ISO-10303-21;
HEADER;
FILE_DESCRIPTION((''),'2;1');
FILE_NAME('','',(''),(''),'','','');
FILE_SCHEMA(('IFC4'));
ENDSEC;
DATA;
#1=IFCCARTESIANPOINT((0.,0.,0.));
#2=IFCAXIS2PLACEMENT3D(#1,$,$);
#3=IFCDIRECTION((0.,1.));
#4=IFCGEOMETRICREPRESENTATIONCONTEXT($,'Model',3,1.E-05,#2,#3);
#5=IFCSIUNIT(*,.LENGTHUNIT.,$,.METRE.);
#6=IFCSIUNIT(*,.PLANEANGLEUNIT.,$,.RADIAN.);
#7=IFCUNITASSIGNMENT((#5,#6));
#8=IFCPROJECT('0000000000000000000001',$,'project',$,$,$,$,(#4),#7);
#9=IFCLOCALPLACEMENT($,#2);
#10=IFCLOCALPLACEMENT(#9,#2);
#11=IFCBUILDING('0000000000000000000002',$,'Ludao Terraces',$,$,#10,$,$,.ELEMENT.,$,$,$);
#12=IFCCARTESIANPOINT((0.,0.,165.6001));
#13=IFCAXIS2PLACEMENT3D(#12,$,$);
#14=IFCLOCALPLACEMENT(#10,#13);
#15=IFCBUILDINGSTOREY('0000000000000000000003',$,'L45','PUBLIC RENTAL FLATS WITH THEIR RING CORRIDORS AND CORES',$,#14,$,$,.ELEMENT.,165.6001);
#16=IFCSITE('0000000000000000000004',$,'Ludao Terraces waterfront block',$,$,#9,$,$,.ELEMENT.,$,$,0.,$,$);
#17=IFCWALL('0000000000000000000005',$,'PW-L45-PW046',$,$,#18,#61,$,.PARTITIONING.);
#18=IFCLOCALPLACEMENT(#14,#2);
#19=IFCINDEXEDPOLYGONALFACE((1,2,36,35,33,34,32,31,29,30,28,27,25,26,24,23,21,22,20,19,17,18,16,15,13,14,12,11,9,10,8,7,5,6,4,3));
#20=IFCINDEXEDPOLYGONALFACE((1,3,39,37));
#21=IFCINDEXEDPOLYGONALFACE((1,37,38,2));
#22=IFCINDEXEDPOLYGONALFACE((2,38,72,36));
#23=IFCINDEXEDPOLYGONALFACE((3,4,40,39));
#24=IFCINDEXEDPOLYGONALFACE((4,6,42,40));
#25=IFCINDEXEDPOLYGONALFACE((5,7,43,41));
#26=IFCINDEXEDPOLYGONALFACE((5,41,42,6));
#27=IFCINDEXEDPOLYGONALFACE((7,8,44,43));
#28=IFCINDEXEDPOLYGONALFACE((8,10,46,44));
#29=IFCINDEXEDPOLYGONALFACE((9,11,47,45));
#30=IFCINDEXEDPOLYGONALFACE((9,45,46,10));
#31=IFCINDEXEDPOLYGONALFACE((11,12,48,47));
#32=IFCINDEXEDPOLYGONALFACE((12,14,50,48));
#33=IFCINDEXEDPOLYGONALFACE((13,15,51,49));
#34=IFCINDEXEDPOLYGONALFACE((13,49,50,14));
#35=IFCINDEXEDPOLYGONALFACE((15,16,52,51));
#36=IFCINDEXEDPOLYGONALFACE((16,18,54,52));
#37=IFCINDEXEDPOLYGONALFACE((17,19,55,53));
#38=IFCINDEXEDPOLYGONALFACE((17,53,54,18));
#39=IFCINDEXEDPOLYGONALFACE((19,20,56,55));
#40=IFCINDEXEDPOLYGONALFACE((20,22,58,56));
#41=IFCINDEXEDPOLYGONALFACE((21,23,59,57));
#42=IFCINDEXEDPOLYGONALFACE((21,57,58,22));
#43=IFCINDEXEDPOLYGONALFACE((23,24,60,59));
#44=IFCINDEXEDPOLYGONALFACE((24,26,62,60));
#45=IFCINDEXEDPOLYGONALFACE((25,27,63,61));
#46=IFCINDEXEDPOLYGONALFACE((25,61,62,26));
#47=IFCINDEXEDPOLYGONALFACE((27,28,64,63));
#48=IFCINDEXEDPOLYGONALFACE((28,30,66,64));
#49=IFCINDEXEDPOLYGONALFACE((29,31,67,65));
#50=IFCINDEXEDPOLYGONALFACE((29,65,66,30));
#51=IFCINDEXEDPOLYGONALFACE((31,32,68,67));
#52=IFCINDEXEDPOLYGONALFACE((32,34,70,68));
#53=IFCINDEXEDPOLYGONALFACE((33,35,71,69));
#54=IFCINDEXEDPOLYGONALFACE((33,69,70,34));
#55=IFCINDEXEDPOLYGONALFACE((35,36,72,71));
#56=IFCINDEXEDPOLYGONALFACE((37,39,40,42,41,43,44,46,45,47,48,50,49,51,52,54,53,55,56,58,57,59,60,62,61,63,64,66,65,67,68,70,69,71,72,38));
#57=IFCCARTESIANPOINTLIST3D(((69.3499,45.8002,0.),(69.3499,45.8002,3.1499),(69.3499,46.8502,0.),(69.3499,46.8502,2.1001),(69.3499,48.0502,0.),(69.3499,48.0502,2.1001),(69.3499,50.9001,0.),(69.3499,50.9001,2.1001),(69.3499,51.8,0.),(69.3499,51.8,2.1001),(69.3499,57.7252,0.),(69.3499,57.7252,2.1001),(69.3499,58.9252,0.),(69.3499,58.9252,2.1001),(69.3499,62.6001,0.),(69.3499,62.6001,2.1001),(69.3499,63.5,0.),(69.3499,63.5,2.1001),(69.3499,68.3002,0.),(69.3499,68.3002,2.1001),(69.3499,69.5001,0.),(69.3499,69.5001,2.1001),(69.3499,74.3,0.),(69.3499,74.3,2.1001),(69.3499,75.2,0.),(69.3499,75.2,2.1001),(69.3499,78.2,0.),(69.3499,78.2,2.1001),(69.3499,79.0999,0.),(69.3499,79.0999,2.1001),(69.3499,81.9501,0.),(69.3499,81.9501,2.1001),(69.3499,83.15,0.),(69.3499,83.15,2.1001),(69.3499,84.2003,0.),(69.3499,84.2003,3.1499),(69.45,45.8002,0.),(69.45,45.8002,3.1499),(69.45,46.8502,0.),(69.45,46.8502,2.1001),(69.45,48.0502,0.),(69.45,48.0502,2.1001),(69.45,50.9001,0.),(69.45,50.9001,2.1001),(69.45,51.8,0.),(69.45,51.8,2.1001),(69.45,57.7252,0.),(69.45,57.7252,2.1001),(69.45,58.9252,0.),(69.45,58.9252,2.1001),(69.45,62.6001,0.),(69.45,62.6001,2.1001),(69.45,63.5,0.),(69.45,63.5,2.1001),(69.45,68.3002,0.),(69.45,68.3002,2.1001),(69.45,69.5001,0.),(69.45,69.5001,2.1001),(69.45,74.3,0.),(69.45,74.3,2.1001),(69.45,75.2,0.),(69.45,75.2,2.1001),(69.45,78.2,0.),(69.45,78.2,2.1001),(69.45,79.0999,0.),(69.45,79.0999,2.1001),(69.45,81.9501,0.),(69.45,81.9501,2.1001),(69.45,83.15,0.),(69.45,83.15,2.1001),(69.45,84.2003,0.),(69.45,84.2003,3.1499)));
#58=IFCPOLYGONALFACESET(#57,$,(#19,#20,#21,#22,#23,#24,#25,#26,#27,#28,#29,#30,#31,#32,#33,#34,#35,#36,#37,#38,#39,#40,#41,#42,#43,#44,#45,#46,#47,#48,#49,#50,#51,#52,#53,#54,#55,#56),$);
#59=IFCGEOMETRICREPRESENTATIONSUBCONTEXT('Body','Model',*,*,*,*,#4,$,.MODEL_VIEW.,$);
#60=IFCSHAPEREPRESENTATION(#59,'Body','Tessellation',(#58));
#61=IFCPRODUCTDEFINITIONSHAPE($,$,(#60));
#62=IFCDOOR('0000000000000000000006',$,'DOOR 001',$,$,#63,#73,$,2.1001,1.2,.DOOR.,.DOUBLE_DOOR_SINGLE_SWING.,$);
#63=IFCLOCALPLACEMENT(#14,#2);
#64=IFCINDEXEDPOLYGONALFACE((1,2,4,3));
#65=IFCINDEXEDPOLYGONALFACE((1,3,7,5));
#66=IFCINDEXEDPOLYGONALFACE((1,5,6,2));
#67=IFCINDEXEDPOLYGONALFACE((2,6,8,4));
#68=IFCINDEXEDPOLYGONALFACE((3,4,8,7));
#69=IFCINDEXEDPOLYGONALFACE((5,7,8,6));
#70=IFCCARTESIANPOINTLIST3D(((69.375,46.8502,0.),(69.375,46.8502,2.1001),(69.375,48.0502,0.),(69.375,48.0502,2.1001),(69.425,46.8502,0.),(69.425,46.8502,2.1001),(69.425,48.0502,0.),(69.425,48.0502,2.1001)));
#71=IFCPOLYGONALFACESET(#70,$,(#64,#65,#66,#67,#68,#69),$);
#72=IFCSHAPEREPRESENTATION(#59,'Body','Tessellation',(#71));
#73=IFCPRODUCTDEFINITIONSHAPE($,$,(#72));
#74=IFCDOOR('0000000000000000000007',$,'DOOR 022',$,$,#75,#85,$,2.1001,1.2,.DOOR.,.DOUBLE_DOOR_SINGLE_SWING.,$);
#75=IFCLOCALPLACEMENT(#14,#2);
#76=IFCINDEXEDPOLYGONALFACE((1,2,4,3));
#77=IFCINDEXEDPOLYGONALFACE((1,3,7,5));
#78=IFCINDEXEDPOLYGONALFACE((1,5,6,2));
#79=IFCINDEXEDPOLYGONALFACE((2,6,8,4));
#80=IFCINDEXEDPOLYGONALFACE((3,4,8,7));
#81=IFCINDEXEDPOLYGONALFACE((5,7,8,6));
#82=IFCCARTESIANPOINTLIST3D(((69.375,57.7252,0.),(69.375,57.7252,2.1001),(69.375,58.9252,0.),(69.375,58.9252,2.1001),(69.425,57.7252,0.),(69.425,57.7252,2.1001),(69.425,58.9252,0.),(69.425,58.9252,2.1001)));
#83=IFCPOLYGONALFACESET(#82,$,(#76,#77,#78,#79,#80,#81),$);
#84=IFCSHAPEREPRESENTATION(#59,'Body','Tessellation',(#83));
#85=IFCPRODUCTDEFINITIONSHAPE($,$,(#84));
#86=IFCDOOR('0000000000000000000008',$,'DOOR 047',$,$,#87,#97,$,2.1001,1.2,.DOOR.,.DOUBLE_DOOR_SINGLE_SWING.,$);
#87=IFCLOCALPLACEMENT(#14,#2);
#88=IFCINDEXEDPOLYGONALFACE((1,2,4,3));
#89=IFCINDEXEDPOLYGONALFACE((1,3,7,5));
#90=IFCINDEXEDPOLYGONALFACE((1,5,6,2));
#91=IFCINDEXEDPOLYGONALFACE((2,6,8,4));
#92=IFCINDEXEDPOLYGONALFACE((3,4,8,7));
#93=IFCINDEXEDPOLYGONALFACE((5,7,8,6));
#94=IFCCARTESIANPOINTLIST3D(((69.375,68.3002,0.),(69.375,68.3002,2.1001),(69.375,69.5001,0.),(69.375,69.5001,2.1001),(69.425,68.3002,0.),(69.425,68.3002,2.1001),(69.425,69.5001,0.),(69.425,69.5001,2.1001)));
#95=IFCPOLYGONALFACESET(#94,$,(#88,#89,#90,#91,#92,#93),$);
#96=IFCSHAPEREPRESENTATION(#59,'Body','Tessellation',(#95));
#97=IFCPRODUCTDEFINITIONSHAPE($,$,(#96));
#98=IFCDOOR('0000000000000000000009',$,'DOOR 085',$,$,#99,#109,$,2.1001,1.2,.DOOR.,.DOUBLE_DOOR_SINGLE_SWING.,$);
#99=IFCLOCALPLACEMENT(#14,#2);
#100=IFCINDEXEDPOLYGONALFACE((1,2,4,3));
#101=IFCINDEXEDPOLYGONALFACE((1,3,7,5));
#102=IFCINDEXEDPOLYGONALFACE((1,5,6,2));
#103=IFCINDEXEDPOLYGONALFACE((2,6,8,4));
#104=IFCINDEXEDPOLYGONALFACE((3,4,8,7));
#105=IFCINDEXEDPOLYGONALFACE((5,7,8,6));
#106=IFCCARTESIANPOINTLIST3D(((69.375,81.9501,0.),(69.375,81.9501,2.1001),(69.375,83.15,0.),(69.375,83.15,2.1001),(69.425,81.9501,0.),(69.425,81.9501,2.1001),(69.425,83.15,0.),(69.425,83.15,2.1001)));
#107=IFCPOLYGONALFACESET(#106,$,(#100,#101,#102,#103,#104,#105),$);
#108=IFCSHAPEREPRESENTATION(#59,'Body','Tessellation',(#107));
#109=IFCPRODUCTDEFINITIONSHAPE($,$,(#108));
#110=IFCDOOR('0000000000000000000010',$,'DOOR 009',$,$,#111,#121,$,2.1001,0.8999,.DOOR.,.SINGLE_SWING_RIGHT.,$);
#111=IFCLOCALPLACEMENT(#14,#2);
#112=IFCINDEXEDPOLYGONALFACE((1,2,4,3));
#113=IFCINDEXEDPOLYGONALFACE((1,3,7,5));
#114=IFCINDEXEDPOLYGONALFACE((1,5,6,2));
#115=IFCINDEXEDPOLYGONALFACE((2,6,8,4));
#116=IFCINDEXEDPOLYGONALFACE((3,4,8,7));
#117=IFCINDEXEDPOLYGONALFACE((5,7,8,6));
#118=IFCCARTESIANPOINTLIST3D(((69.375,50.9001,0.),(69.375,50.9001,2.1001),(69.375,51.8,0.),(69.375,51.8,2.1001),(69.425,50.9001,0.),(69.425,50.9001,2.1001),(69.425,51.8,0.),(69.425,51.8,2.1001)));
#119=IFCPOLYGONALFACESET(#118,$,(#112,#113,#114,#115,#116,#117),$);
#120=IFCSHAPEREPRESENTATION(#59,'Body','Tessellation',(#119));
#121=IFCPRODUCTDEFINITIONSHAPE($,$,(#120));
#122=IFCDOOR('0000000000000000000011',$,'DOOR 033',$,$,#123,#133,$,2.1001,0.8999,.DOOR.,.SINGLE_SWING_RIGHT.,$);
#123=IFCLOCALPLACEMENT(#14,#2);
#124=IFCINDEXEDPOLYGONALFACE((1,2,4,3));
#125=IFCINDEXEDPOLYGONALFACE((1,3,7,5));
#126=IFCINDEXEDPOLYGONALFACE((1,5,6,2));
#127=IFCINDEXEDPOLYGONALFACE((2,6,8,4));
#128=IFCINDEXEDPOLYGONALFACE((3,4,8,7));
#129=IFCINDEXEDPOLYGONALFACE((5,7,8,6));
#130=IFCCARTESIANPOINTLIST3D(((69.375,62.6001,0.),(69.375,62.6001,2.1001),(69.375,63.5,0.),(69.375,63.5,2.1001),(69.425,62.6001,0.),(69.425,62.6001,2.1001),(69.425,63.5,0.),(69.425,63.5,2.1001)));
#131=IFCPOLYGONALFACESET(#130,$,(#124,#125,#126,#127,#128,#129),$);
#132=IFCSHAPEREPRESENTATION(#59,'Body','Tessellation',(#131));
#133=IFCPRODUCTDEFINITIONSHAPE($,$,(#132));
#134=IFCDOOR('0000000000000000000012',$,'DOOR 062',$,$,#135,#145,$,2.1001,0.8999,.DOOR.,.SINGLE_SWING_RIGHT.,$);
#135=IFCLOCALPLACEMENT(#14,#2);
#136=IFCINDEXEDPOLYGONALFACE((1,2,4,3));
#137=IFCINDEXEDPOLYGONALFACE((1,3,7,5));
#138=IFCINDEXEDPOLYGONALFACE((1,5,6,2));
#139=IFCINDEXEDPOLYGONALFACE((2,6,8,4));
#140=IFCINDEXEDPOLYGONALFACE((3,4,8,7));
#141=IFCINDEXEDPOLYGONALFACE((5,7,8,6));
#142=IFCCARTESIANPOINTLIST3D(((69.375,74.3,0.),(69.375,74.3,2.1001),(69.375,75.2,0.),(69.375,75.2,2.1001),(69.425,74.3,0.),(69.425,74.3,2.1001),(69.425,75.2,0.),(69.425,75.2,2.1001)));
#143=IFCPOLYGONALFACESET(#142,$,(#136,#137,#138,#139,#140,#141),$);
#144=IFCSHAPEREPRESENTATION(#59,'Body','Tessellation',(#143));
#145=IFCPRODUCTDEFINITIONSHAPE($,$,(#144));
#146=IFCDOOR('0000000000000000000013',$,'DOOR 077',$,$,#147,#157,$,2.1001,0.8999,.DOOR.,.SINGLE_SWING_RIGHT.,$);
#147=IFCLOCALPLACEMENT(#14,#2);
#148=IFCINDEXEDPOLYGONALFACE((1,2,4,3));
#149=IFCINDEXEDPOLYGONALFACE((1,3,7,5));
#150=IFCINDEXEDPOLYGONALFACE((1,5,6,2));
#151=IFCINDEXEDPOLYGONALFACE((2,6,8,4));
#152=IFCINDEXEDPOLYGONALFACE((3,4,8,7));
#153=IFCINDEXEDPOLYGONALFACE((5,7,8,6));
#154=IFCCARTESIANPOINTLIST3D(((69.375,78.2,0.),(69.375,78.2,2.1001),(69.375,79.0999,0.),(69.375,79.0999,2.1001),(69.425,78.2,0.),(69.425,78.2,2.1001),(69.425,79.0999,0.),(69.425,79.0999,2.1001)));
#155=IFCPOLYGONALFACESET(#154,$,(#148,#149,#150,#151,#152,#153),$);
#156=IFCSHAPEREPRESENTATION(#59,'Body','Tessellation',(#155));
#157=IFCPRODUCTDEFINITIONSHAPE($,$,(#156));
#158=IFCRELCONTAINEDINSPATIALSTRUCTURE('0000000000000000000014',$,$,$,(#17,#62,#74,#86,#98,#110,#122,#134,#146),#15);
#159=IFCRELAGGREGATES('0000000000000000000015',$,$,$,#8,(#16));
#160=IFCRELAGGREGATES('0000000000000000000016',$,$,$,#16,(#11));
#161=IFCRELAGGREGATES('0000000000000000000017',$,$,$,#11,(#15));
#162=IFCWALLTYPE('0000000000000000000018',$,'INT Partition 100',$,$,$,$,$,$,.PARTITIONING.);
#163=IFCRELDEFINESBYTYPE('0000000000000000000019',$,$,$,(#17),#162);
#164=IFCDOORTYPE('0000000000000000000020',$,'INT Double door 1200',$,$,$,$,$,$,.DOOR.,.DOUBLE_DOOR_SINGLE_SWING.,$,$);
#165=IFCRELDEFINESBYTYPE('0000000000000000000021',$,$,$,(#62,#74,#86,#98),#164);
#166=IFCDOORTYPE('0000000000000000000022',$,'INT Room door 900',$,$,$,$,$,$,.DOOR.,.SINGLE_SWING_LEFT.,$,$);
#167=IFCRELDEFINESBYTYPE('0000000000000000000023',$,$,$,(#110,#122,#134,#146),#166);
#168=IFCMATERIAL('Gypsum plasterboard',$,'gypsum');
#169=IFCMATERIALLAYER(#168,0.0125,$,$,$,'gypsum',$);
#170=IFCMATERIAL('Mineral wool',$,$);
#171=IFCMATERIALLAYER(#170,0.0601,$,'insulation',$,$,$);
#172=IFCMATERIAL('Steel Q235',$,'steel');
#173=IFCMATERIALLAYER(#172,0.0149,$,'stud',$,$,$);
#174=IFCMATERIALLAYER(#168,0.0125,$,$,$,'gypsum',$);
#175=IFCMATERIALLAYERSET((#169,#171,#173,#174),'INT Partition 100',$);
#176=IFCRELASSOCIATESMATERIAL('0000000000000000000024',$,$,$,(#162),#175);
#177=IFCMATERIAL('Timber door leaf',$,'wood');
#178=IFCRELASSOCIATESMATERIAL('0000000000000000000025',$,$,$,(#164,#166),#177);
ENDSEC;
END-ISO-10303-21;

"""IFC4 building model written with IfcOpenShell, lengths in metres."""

from ifc_helpers import new_model, si_unit, direction, frame, frame_2d, origin, place, context, subcontext, project, spatial, rectangle, extrude, material, layer, layer_set, type_object, element, fill, save


model = new_model("IFC4")

# Units and contexts
model_context = context("Model", 3, precision=1e-05, world=origin(), true_north=direction((0.0, 1.0)))
body_context = subcontext(model_context, "Body", "Model", "MODEL_VIEW")
ifc_project = project(units=[si_unit("LENGTHUNIT", "METRE"), si_unit("PLANEANGLEUNIT", "RADIAN")], contexts=[model_context])

# Site, building, storey
site_placement = place(None, origin())
site = spatial("IfcSite", under=ifc_project, at=site_placement, Name="Ludao Terraces waterfront block", CompositionType="ELEMENT", RefElevation=0.0)
building_placement = place(site_placement, origin())
building = spatial("IfcBuilding", under=site, at=building_placement, Name="Ludao Terraces", CompositionType="ELEMENT")
storey_placement = place(building_placement, frame((0.0, 0.0, 165.6001)))
storey = spatial("IfcBuildingStorey", under=building, at=storey_placement, Name="L45", Description="PUBLIC RENTAL FLATS WITH THEIR RING CORRIDORS AND CORES", CompositionType="ELEMENT", Elevation=165.6001)

# Shared definitions
ifc_material_1 = material(Name="Mineral wool")

# Wall, openings, doors
ifc_material_2 = material(Name="Gypsum plasterboard", Category="gypsum")
ifc_layer_1 = layer(ifc_material_2, 0.0125, Category="gypsum")
ifc_layer_2 = layer(ifc_material_1, 0.0601, Name="insulation")
ifc_material_3 = material(Name="Steel Q235", Category="steel")
ifc_layer_3 = layer(ifc_material_3, 0.0149, Name="stud")
ifc_layer_4 = layer(ifc_material_2, 0.0125, Category="gypsum")
ifc_layer_set_1 = layer_set([ifc_layer_1, ifc_layer_2, ifc_layer_3, ifc_layer_4], Name="INT Partition 100")
wall_type_1 = type_object("IfcWallType", Name="INT Partition 100", PredefinedType="PARTITIONING", material=ifc_layer_set_1)
wall_1_placement = place(storey_placement, frame((69.3999, 45.8, 0.0), z_axis=(0.0, 0.0, 1.0), x_axis=(0.0, 1.0, 0.0)))
wall_1 = element("IfcWall", 1, at=wall_1_placement, inside=storey, type_object=wall_type_1, Name="PW-L45-PW046", PredefinedType="PARTITIONING", context=body_context, shape_type="SweptSolid", body=[
    extrude(rectangle(XDim=38.4001, YDim=0.1001, at=frame_2d((19.2002, 0.0))), origin(), (0.0, 0.0, 1.0), 3.1499),
])
opening_1_placement = place(wall_1_placement, frame((1.05, 0.0, 0.0)))
opening_1 = element("IfcOpeningElement", 2, at=opening_1_placement, cuts=wall_1, PredefinedType="OPENING", context=body_context, shape_type="SweptSolid", body=[
    extrude(rectangle(XDim=1.2, YDim=2.1001, at=frame_2d((0.6001, 1.05))), frame((0.0, 0.0601, 0.0), z_axis=(0.0, -1.0, 0.0), x_axis=(1.0, 0.0, 0.0)), (0.0, 0.0, 1.0), 0.1201),
])
opening_2_placement = place(wall_1_placement, frame((5.1001, 0.0, 0.0)))
opening_2 = element("IfcOpeningElement", 3, at=opening_2_placement, cuts=wall_1, PredefinedType="OPENING", context=body_context, shape_type="SweptSolid", body=[
    extrude(rectangle(XDim=0.8999, YDim=2.1001, at=frame_2d((0.45, 1.05))), frame((0.0, 0.0601, 0.0), z_axis=(0.0, -1.0, 0.0), x_axis=(1.0, 0.0, 0.0)), (0.0, 0.0, 1.0), 0.1201),
])
opening_3_placement = place(wall_1_placement, frame((11.925, 0.0, 0.0)))
opening_3 = element("IfcOpeningElement", 4, at=opening_3_placement, cuts=wall_1, PredefinedType="OPENING", context=body_context, shape_type="SweptSolid", body=[
    extrude(rectangle(XDim=1.2, YDim=2.1001, at=frame_2d((0.6001, 1.05))), frame((0.0, 0.0601, 0.0), z_axis=(0.0, -1.0, 0.0), x_axis=(1.0, 0.0, 0.0)), (0.0, 0.0, 1.0), 0.1201),
])
opening_4_placement = place(wall_1_placement, frame((16.8, 0.0, 0.0)))
opening_4 = element("IfcOpeningElement", 5, at=opening_4_placement, cuts=wall_1, PredefinedType="OPENING", context=body_context, shape_type="SweptSolid", body=[
    extrude(rectangle(XDim=0.8999, YDim=2.1001, at=frame_2d((0.45, 1.05))), frame((0.0, 0.0601, 0.0), z_axis=(0.0, -1.0, 0.0), x_axis=(1.0, 0.0, 0.0)), (0.0, 0.0, 1.0), 0.1201),
])
opening_5_placement = place(wall_1_placement, frame((22.5, 0.0, 0.0)))
opening_5 = element("IfcOpeningElement", 6, at=opening_5_placement, cuts=wall_1, PredefinedType="OPENING", context=body_context, shape_type="SweptSolid", body=[
    extrude(rectangle(XDim=1.2, YDim=2.1001, at=frame_2d((0.6001, 1.05))), frame((0.0, 0.0601, 0.0), z_axis=(0.0, -1.0, 0.0), x_axis=(1.0, 0.0, 0.0)), (0.0, 0.0, 1.0), 0.1201),
])
opening_6_placement = place(wall_1_placement, frame((28.5, 0.0, 0.0)))
opening_6 = element("IfcOpeningElement", 7, at=opening_6_placement, cuts=wall_1, PredefinedType="OPENING", context=body_context, shape_type="SweptSolid", body=[
    extrude(rectangle(XDim=0.8999, YDim=2.1001, at=frame_2d((0.45, 1.05))), frame((0.0, 0.0601, 0.0), z_axis=(0.0, -1.0, 0.0), x_axis=(1.0, 0.0, 0.0)), (0.0, 0.0, 1.0), 0.1201),
])
opening_7_placement = place(wall_1_placement, frame((32.3999, 0.0, 0.0)))
opening_7 = element("IfcOpeningElement", 8, at=opening_7_placement, cuts=wall_1, PredefinedType="OPENING", context=body_context, shape_type="SweptSolid", body=[
    extrude(rectangle(XDim=0.8999, YDim=2.1001, at=frame_2d((0.45, 1.05))), frame((0.0, 0.0601, 0.0), z_axis=(0.0, -1.0, 0.0), x_axis=(1.0, 0.0, 0.0)), (0.0, 0.0, 1.0), 0.1201),
])
opening_8_placement = place(wall_1_placement, frame((36.1499, 0.0, 0.0)))
opening_8 = element("IfcOpeningElement", 9, at=opening_8_placement, cuts=wall_1, PredefinedType="OPENING", context=body_context, shape_type="SweptSolid", body=[
    extrude(rectangle(XDim=1.2, YDim=2.1001, at=frame_2d((0.6001, 1.05))), frame((0.0, 0.0601, 0.0), z_axis=(0.0, -1.0, 0.0), x_axis=(1.0, 0.0, 0.0)), (0.0, 0.0, 1.0), 0.1201),
])
ifc_material_4 = material(Name="Timber door leaf", Category="wood")
door_type_1 = type_object("IfcDoorType", Name="INT Double door 1200", OperationType="DOUBLE_DOOR_SINGLE_SWING", PredefinedType="DOOR", material=ifc_material_4)
door_1_placement = place(opening_1_placement, origin())
door_1 = element("IfcDoor", 10, at=door_1_placement, inside=storey, type_object=door_type_1, Name="DOOR 001", OperationType="DOUBLE_DOOR_SINGLE_SWING", OverallHeight=2.1001, OverallWidth=1.2, PredefinedType="DOOR", context=body_context, shape_type="SweptSolid", body=[
    extrude(rectangle(XDim=1.2, YDim=2.1001, at=frame_2d((0.6001, 1.05))), frame((0.0, 0.0249, 0.0), z_axis=(0.0, -1.0, 0.0), x_axis=(1.0, 0.0, 0.0)), (0.0, 0.0, 1.0), 0.05),
])
fill(opening_1, door_1)
door_2_placement = place(opening_3_placement, origin())
door_2 = element("IfcDoor", 11, at=door_2_placement, inside=storey, type_object=door_type_1, Name="DOOR 022", OperationType="DOUBLE_DOOR_SINGLE_SWING", OverallHeight=2.1001, OverallWidth=1.2, PredefinedType="DOOR", context=body_context, shape_type="SweptSolid", body=[
    extrude(rectangle(XDim=1.2, YDim=2.1001, at=frame_2d((0.6001, 1.05))), frame((0.0, 0.0249, 0.0), z_axis=(0.0, -1.0, 0.0), x_axis=(1.0, 0.0, 0.0)), (0.0, 0.0, 1.0), 0.05),
])
fill(opening_3, door_2)
door_3_placement = place(opening_5_placement, origin())
door_3 = element("IfcDoor", 12, at=door_3_placement, inside=storey, type_object=door_type_1, Name="DOOR 047", OperationType="DOUBLE_DOOR_SINGLE_SWING", OverallHeight=2.1001, OverallWidth=1.2, PredefinedType="DOOR", context=body_context, shape_type="SweptSolid", body=[
    extrude(rectangle(XDim=1.2, YDim=2.1001, at=frame_2d((0.6001, 1.05))), frame((0.0, 0.0249, 0.0), z_axis=(0.0, -1.0, 0.0), x_axis=(1.0, 0.0, 0.0)), (0.0, 0.0, 1.0), 0.05),
])
fill(opening_5, door_3)
door_4_placement = place(opening_8_placement, origin())
door_4 = element("IfcDoor", 13, at=door_4_placement, inside=storey, type_object=door_type_1, Name="DOOR 085", OperationType="DOUBLE_DOOR_SINGLE_SWING", OverallHeight=2.1001, OverallWidth=1.2, PredefinedType="DOOR", context=body_context, shape_type="SweptSolid", body=[
    extrude(rectangle(XDim=1.2, YDim=2.1001, at=frame_2d((0.6001, 1.05))), frame((0.0, 0.0249, 0.0), z_axis=(0.0, -1.0, 0.0), x_axis=(1.0, 0.0, 0.0)), (0.0, 0.0, 1.0), 0.05),
])
fill(opening_8, door_4)
door_type_2 = type_object("IfcDoorType", Name="INT Room door 900", OperationType="SINGLE_SWING_LEFT", PredefinedType="DOOR", material=ifc_material_4)
door_5_placement = place(opening_2_placement, origin())
door_5 = element("IfcDoor", 14, at=door_5_placement, inside=storey, type_object=door_type_2, Name="DOOR 009", OperationType="SINGLE_SWING_RIGHT", OverallHeight=2.1001, OverallWidth=0.8999, PredefinedType="DOOR", context=body_context, shape_type="SweptSolid", body=[
    extrude(rectangle(XDim=0.8999, YDim=2.1001, at=frame_2d((0.45, 1.05))), frame((0.0, 0.0249, 0.0), z_axis=(0.0, -1.0, 0.0), x_axis=(1.0, 0.0, 0.0)), (0.0, 0.0, 1.0), 0.05),
])
fill(opening_2, door_5)
door_6_placement = place(opening_4_placement, origin())
door_6 = element("IfcDoor", 15, at=door_6_placement, inside=storey, type_object=door_type_2, Name="DOOR 033", OperationType="SINGLE_SWING_RIGHT", OverallHeight=2.1001, OverallWidth=0.8999, PredefinedType="DOOR", context=body_context, shape_type="SweptSolid", body=[
    extrude(rectangle(XDim=0.8999, YDim=2.1001, at=frame_2d((0.45, 1.05))), frame((0.0, 0.0249, 0.0), z_axis=(0.0, -1.0, 0.0), x_axis=(1.0, 0.0, 0.0)), (0.0, 0.0, 1.0), 0.05),
])
fill(opening_4, door_6)
door_7_placement = place(opening_6_placement, origin())
door_7 = element("IfcDoor", 16, at=door_7_placement, inside=storey, type_object=door_type_2, Name="DOOR 062", OperationType="SINGLE_SWING_RIGHT", OverallHeight=2.1001, OverallWidth=0.8999, PredefinedType="DOOR", context=body_context, shape_type="SweptSolid", body=[
    extrude(rectangle(XDim=0.8999, YDim=2.1001, at=frame_2d((0.45, 1.05))), frame((0.0, 0.0249, 0.0), z_axis=(0.0, -1.0, 0.0), x_axis=(1.0, 0.0, 0.0)), (0.0, 0.0, 1.0), 0.05),
])
fill(opening_6, door_7)
door_8_placement = place(opening_7_placement, origin())
door_8 = element("IfcDoor", 17, at=door_8_placement, inside=storey, type_object=door_type_2, Name="DOOR 077", OperationType="SINGLE_SWING_RIGHT", OverallHeight=2.1001, OverallWidth=0.8999, PredefinedType="DOOR", context=body_context, shape_type="SweptSolid", body=[
    extrude(rectangle(XDim=0.8999, YDim=2.1001, at=frame_2d((0.45, 1.05))), frame((0.0, 0.0249, 0.0), z_axis=(0.0, -1.0, 0.0), x_axis=(1.0, 0.0, 0.0)), (0.0, 0.0, 1.0), 0.05),
])
fill(opening_7, door_8)

save(model, "model.ifc")
